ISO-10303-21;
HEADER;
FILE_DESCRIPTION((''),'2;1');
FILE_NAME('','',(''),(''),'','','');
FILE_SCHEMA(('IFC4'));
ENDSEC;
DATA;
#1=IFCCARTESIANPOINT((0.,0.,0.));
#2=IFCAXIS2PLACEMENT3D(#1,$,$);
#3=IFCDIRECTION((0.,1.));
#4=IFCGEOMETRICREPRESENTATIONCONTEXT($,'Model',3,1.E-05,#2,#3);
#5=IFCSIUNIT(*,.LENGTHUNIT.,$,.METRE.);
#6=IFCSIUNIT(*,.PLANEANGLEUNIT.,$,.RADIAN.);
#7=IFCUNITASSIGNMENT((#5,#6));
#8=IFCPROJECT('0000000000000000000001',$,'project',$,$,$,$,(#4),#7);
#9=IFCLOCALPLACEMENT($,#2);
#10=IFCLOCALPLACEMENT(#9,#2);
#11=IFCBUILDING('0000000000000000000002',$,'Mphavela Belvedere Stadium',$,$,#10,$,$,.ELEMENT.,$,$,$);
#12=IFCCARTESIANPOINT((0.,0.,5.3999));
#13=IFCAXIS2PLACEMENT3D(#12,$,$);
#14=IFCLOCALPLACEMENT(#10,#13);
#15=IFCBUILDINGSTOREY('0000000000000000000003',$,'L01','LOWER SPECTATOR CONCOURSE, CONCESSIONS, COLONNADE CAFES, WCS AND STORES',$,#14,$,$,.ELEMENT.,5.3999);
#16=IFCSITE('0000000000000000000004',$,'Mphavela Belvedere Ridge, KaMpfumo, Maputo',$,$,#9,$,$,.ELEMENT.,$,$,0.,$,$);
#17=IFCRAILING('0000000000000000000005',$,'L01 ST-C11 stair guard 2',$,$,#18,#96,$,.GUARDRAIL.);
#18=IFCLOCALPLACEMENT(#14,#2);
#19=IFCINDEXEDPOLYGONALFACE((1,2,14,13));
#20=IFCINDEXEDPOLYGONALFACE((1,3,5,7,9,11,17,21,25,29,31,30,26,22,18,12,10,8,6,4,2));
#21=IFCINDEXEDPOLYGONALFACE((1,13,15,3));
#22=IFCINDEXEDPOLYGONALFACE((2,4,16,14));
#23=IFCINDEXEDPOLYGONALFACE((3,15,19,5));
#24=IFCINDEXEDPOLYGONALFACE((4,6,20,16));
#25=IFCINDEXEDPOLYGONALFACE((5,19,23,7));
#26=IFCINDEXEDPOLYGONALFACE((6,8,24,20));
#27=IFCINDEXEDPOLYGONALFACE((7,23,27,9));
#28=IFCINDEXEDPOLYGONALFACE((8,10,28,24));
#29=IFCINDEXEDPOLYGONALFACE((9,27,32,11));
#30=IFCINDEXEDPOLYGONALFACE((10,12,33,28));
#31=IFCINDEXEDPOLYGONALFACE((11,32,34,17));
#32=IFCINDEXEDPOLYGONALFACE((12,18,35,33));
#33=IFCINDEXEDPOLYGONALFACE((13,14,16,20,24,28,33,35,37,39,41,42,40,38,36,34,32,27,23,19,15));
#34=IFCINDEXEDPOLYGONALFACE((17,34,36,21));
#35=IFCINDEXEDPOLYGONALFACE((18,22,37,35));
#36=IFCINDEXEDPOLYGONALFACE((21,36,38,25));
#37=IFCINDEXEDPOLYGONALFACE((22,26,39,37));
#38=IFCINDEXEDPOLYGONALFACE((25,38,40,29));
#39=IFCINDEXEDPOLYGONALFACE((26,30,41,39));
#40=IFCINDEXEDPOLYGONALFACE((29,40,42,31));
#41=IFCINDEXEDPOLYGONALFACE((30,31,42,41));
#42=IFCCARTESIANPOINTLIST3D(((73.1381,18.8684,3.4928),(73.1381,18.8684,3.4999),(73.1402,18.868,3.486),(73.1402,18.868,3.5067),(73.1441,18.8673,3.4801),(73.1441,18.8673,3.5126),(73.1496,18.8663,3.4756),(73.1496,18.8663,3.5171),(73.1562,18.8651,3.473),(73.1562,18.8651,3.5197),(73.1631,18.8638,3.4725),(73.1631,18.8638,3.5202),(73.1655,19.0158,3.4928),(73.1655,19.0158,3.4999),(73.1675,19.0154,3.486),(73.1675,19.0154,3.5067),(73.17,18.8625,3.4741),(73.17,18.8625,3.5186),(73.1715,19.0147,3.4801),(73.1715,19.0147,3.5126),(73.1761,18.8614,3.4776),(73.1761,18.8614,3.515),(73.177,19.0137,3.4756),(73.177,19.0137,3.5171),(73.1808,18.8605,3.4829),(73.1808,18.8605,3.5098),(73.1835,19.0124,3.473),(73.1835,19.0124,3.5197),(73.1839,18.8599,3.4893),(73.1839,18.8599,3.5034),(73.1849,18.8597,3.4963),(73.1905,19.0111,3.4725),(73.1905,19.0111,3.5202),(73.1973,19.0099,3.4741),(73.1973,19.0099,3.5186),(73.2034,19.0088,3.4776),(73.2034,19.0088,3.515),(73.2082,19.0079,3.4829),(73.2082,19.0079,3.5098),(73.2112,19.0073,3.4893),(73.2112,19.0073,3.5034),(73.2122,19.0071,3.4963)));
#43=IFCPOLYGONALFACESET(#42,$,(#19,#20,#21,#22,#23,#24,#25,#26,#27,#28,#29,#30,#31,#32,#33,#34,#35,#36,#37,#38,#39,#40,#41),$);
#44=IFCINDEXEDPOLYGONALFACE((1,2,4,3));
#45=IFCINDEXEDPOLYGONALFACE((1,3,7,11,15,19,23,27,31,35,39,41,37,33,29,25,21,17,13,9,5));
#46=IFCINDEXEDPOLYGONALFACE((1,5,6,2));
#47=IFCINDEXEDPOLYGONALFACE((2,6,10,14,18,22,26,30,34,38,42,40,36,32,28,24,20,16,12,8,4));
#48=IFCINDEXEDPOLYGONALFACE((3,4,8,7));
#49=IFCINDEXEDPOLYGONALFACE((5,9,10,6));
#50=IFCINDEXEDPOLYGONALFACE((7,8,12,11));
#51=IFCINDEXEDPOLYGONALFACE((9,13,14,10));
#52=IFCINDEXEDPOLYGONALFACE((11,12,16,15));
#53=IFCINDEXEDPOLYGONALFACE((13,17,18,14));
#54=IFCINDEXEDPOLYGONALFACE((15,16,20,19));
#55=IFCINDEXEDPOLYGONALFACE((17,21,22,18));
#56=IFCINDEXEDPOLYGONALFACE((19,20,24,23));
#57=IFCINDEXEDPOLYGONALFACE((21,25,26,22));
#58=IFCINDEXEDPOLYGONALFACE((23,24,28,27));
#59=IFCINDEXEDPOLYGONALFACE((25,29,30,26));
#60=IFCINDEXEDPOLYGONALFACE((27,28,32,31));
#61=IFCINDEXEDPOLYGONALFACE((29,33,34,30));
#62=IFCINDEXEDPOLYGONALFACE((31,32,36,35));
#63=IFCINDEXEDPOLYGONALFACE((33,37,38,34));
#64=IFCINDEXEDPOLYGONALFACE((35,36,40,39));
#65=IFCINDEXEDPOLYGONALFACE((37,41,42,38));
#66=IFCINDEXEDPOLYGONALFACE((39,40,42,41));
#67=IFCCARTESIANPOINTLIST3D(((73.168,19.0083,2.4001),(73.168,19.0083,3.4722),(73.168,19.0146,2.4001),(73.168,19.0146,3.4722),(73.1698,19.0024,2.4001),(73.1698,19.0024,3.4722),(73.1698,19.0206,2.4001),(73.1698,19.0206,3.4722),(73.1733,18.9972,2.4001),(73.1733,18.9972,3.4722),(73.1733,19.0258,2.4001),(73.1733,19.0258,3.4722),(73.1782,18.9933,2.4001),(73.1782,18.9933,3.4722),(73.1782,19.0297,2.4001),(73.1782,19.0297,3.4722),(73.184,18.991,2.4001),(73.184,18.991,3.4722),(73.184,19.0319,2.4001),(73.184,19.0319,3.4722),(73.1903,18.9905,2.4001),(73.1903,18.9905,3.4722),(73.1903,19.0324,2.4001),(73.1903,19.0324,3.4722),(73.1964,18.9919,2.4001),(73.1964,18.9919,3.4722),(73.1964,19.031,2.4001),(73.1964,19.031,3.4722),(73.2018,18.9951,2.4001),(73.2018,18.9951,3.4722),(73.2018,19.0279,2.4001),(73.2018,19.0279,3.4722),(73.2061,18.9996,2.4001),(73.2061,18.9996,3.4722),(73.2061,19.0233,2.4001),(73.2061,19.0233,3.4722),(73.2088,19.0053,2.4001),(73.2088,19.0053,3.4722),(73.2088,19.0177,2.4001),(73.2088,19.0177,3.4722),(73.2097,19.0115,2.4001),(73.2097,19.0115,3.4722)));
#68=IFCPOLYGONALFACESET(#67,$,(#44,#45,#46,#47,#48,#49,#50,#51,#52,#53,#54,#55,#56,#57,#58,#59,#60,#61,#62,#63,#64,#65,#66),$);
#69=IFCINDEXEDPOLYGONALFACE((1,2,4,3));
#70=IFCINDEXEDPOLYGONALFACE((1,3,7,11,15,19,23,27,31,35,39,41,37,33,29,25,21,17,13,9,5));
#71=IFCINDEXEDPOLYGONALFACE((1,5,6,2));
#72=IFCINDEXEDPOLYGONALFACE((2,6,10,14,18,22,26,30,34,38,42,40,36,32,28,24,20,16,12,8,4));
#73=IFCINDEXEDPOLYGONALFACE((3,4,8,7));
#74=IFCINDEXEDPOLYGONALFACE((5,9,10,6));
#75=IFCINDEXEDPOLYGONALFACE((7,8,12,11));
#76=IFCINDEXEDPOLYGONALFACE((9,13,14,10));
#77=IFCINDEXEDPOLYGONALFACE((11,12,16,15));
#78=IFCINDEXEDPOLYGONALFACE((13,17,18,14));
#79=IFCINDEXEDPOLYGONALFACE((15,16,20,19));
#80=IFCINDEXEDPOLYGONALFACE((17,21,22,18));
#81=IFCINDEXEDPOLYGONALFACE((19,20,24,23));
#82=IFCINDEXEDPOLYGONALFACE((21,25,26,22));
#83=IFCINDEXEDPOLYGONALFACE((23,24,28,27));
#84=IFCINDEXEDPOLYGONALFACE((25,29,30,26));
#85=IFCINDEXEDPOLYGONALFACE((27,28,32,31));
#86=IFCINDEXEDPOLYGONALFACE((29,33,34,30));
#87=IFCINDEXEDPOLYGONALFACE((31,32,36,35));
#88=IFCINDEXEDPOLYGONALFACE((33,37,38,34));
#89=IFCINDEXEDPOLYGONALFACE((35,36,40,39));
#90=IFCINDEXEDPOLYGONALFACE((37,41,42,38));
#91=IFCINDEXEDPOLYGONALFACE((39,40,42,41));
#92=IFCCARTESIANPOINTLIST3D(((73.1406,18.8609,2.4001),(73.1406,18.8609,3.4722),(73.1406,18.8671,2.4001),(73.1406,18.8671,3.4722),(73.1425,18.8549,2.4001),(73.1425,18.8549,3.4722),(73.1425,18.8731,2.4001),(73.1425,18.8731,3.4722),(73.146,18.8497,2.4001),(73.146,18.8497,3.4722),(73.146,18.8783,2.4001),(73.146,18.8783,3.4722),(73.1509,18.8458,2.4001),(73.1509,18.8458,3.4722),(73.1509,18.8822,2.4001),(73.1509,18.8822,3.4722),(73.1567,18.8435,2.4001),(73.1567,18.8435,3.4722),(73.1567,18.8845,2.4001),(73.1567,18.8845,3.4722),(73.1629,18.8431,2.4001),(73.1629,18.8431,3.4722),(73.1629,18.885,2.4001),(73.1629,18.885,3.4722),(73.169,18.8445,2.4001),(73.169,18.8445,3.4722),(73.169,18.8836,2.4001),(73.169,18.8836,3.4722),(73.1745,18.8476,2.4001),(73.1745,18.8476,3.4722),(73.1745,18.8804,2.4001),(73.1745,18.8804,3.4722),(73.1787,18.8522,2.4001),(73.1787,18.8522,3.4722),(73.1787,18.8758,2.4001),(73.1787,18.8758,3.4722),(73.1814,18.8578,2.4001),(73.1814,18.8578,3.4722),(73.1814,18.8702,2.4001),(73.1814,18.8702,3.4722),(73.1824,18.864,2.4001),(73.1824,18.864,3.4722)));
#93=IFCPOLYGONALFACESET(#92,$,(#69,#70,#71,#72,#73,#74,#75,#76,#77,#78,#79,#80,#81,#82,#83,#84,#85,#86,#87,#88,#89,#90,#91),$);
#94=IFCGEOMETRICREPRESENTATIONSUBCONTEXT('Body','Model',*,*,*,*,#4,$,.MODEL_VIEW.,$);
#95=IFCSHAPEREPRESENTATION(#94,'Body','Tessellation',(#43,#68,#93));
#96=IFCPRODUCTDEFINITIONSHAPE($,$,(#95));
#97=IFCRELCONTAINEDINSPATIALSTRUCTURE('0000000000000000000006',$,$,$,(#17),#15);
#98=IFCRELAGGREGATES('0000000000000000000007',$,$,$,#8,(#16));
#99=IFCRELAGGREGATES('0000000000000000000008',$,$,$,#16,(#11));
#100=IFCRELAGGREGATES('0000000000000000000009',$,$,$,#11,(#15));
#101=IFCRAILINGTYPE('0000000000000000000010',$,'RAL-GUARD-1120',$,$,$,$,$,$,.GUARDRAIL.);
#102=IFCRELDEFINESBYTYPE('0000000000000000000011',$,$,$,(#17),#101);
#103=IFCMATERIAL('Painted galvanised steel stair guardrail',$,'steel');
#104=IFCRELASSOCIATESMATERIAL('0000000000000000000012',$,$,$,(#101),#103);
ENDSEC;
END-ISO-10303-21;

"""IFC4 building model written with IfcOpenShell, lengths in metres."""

from ifc_helpers import new_model, si_unit, direction, frame, origin, origin_2d, place, context, subcontext, project, spatial, circle, extrude, material, type_object, element, save


model = new_model("IFC4")

# Units and contexts
model_context = context("Model", 3, precision=1e-05, world=origin(), true_north=direction((0.0, 1.0)))
body_context = subcontext(model_context, "Body", "Model", "MODEL_VIEW")
ifc_project = project(units=[si_unit("LENGTHUNIT", "METRE"), si_unit("PLANEANGLEUNIT", "RADIAN")], contexts=[model_context])

# Site, building, storey
site_placement = place(None, origin())
site = spatial("IfcSite", under=ifc_project, at=site_placement, Name="Mphavela Belvedere Ridge, KaMpfumo, Maputo", CompositionType="ELEMENT", RefElevation=0.0)
building_placement = place(site_placement, origin())
building = spatial("IfcBuilding", under=site, at=building_placement, Name="Mphavela Belvedere Stadium", CompositionType="ELEMENT")
storey_placement = place(building_placement, frame((0.0, 0.0, 5.3999)))
storey = spatial("IfcBuildingStorey", under=building, at=storey_placement, Name="L01", Description="LOWER SPECTATOR CONCOURSE, CONCESSIONS, COLONNADE CAFES, WCS AND STORES", CompositionType="ELEMENT", Elevation=5.3999)

# Railing
ifc_material_1 = material(Name="Painted galvanised steel stair guardrail", Category="steel")
railing_type_1 = type_object("IfcRailingType", Name="RAL-GUARD-1120", PredefinedType="GUARDRAIL", material=ifc_material_1)
railing_1_placement = place(storey_placement, frame((73.1887, 19.0115, 2.4001)))
element("IfcRailing", 1, at=railing_1_placement, inside=storey, type_object=railing_type_1, Name="L01 ST-C11 stair guard 2", PredefinedType="GUARDRAIL", context=body_context, shape_type="SweptSolid", body=[
    extrude(circle(Radius=0.0239, at=origin_2d()), frame((0.0, 0.0, 1.0962), z_axis=(-0.182322, -0.983239, 0.0), x_axis=(0.983239, -0.182322, 0.0)), (0.0, 0.0, 1.0), 0.1499),
    extrude(circle(Radius=0.021, at=origin_2d()), origin(), (0.0, 0.0, 1.0), 1.072),
    extrude(circle(Radius=0.021, at=origin_2d()), frame((-0.0273, -0.1475, 0.0)), (0.0, 0.0, 1.0), 1.072),
])

save(model, "model.ifc")
